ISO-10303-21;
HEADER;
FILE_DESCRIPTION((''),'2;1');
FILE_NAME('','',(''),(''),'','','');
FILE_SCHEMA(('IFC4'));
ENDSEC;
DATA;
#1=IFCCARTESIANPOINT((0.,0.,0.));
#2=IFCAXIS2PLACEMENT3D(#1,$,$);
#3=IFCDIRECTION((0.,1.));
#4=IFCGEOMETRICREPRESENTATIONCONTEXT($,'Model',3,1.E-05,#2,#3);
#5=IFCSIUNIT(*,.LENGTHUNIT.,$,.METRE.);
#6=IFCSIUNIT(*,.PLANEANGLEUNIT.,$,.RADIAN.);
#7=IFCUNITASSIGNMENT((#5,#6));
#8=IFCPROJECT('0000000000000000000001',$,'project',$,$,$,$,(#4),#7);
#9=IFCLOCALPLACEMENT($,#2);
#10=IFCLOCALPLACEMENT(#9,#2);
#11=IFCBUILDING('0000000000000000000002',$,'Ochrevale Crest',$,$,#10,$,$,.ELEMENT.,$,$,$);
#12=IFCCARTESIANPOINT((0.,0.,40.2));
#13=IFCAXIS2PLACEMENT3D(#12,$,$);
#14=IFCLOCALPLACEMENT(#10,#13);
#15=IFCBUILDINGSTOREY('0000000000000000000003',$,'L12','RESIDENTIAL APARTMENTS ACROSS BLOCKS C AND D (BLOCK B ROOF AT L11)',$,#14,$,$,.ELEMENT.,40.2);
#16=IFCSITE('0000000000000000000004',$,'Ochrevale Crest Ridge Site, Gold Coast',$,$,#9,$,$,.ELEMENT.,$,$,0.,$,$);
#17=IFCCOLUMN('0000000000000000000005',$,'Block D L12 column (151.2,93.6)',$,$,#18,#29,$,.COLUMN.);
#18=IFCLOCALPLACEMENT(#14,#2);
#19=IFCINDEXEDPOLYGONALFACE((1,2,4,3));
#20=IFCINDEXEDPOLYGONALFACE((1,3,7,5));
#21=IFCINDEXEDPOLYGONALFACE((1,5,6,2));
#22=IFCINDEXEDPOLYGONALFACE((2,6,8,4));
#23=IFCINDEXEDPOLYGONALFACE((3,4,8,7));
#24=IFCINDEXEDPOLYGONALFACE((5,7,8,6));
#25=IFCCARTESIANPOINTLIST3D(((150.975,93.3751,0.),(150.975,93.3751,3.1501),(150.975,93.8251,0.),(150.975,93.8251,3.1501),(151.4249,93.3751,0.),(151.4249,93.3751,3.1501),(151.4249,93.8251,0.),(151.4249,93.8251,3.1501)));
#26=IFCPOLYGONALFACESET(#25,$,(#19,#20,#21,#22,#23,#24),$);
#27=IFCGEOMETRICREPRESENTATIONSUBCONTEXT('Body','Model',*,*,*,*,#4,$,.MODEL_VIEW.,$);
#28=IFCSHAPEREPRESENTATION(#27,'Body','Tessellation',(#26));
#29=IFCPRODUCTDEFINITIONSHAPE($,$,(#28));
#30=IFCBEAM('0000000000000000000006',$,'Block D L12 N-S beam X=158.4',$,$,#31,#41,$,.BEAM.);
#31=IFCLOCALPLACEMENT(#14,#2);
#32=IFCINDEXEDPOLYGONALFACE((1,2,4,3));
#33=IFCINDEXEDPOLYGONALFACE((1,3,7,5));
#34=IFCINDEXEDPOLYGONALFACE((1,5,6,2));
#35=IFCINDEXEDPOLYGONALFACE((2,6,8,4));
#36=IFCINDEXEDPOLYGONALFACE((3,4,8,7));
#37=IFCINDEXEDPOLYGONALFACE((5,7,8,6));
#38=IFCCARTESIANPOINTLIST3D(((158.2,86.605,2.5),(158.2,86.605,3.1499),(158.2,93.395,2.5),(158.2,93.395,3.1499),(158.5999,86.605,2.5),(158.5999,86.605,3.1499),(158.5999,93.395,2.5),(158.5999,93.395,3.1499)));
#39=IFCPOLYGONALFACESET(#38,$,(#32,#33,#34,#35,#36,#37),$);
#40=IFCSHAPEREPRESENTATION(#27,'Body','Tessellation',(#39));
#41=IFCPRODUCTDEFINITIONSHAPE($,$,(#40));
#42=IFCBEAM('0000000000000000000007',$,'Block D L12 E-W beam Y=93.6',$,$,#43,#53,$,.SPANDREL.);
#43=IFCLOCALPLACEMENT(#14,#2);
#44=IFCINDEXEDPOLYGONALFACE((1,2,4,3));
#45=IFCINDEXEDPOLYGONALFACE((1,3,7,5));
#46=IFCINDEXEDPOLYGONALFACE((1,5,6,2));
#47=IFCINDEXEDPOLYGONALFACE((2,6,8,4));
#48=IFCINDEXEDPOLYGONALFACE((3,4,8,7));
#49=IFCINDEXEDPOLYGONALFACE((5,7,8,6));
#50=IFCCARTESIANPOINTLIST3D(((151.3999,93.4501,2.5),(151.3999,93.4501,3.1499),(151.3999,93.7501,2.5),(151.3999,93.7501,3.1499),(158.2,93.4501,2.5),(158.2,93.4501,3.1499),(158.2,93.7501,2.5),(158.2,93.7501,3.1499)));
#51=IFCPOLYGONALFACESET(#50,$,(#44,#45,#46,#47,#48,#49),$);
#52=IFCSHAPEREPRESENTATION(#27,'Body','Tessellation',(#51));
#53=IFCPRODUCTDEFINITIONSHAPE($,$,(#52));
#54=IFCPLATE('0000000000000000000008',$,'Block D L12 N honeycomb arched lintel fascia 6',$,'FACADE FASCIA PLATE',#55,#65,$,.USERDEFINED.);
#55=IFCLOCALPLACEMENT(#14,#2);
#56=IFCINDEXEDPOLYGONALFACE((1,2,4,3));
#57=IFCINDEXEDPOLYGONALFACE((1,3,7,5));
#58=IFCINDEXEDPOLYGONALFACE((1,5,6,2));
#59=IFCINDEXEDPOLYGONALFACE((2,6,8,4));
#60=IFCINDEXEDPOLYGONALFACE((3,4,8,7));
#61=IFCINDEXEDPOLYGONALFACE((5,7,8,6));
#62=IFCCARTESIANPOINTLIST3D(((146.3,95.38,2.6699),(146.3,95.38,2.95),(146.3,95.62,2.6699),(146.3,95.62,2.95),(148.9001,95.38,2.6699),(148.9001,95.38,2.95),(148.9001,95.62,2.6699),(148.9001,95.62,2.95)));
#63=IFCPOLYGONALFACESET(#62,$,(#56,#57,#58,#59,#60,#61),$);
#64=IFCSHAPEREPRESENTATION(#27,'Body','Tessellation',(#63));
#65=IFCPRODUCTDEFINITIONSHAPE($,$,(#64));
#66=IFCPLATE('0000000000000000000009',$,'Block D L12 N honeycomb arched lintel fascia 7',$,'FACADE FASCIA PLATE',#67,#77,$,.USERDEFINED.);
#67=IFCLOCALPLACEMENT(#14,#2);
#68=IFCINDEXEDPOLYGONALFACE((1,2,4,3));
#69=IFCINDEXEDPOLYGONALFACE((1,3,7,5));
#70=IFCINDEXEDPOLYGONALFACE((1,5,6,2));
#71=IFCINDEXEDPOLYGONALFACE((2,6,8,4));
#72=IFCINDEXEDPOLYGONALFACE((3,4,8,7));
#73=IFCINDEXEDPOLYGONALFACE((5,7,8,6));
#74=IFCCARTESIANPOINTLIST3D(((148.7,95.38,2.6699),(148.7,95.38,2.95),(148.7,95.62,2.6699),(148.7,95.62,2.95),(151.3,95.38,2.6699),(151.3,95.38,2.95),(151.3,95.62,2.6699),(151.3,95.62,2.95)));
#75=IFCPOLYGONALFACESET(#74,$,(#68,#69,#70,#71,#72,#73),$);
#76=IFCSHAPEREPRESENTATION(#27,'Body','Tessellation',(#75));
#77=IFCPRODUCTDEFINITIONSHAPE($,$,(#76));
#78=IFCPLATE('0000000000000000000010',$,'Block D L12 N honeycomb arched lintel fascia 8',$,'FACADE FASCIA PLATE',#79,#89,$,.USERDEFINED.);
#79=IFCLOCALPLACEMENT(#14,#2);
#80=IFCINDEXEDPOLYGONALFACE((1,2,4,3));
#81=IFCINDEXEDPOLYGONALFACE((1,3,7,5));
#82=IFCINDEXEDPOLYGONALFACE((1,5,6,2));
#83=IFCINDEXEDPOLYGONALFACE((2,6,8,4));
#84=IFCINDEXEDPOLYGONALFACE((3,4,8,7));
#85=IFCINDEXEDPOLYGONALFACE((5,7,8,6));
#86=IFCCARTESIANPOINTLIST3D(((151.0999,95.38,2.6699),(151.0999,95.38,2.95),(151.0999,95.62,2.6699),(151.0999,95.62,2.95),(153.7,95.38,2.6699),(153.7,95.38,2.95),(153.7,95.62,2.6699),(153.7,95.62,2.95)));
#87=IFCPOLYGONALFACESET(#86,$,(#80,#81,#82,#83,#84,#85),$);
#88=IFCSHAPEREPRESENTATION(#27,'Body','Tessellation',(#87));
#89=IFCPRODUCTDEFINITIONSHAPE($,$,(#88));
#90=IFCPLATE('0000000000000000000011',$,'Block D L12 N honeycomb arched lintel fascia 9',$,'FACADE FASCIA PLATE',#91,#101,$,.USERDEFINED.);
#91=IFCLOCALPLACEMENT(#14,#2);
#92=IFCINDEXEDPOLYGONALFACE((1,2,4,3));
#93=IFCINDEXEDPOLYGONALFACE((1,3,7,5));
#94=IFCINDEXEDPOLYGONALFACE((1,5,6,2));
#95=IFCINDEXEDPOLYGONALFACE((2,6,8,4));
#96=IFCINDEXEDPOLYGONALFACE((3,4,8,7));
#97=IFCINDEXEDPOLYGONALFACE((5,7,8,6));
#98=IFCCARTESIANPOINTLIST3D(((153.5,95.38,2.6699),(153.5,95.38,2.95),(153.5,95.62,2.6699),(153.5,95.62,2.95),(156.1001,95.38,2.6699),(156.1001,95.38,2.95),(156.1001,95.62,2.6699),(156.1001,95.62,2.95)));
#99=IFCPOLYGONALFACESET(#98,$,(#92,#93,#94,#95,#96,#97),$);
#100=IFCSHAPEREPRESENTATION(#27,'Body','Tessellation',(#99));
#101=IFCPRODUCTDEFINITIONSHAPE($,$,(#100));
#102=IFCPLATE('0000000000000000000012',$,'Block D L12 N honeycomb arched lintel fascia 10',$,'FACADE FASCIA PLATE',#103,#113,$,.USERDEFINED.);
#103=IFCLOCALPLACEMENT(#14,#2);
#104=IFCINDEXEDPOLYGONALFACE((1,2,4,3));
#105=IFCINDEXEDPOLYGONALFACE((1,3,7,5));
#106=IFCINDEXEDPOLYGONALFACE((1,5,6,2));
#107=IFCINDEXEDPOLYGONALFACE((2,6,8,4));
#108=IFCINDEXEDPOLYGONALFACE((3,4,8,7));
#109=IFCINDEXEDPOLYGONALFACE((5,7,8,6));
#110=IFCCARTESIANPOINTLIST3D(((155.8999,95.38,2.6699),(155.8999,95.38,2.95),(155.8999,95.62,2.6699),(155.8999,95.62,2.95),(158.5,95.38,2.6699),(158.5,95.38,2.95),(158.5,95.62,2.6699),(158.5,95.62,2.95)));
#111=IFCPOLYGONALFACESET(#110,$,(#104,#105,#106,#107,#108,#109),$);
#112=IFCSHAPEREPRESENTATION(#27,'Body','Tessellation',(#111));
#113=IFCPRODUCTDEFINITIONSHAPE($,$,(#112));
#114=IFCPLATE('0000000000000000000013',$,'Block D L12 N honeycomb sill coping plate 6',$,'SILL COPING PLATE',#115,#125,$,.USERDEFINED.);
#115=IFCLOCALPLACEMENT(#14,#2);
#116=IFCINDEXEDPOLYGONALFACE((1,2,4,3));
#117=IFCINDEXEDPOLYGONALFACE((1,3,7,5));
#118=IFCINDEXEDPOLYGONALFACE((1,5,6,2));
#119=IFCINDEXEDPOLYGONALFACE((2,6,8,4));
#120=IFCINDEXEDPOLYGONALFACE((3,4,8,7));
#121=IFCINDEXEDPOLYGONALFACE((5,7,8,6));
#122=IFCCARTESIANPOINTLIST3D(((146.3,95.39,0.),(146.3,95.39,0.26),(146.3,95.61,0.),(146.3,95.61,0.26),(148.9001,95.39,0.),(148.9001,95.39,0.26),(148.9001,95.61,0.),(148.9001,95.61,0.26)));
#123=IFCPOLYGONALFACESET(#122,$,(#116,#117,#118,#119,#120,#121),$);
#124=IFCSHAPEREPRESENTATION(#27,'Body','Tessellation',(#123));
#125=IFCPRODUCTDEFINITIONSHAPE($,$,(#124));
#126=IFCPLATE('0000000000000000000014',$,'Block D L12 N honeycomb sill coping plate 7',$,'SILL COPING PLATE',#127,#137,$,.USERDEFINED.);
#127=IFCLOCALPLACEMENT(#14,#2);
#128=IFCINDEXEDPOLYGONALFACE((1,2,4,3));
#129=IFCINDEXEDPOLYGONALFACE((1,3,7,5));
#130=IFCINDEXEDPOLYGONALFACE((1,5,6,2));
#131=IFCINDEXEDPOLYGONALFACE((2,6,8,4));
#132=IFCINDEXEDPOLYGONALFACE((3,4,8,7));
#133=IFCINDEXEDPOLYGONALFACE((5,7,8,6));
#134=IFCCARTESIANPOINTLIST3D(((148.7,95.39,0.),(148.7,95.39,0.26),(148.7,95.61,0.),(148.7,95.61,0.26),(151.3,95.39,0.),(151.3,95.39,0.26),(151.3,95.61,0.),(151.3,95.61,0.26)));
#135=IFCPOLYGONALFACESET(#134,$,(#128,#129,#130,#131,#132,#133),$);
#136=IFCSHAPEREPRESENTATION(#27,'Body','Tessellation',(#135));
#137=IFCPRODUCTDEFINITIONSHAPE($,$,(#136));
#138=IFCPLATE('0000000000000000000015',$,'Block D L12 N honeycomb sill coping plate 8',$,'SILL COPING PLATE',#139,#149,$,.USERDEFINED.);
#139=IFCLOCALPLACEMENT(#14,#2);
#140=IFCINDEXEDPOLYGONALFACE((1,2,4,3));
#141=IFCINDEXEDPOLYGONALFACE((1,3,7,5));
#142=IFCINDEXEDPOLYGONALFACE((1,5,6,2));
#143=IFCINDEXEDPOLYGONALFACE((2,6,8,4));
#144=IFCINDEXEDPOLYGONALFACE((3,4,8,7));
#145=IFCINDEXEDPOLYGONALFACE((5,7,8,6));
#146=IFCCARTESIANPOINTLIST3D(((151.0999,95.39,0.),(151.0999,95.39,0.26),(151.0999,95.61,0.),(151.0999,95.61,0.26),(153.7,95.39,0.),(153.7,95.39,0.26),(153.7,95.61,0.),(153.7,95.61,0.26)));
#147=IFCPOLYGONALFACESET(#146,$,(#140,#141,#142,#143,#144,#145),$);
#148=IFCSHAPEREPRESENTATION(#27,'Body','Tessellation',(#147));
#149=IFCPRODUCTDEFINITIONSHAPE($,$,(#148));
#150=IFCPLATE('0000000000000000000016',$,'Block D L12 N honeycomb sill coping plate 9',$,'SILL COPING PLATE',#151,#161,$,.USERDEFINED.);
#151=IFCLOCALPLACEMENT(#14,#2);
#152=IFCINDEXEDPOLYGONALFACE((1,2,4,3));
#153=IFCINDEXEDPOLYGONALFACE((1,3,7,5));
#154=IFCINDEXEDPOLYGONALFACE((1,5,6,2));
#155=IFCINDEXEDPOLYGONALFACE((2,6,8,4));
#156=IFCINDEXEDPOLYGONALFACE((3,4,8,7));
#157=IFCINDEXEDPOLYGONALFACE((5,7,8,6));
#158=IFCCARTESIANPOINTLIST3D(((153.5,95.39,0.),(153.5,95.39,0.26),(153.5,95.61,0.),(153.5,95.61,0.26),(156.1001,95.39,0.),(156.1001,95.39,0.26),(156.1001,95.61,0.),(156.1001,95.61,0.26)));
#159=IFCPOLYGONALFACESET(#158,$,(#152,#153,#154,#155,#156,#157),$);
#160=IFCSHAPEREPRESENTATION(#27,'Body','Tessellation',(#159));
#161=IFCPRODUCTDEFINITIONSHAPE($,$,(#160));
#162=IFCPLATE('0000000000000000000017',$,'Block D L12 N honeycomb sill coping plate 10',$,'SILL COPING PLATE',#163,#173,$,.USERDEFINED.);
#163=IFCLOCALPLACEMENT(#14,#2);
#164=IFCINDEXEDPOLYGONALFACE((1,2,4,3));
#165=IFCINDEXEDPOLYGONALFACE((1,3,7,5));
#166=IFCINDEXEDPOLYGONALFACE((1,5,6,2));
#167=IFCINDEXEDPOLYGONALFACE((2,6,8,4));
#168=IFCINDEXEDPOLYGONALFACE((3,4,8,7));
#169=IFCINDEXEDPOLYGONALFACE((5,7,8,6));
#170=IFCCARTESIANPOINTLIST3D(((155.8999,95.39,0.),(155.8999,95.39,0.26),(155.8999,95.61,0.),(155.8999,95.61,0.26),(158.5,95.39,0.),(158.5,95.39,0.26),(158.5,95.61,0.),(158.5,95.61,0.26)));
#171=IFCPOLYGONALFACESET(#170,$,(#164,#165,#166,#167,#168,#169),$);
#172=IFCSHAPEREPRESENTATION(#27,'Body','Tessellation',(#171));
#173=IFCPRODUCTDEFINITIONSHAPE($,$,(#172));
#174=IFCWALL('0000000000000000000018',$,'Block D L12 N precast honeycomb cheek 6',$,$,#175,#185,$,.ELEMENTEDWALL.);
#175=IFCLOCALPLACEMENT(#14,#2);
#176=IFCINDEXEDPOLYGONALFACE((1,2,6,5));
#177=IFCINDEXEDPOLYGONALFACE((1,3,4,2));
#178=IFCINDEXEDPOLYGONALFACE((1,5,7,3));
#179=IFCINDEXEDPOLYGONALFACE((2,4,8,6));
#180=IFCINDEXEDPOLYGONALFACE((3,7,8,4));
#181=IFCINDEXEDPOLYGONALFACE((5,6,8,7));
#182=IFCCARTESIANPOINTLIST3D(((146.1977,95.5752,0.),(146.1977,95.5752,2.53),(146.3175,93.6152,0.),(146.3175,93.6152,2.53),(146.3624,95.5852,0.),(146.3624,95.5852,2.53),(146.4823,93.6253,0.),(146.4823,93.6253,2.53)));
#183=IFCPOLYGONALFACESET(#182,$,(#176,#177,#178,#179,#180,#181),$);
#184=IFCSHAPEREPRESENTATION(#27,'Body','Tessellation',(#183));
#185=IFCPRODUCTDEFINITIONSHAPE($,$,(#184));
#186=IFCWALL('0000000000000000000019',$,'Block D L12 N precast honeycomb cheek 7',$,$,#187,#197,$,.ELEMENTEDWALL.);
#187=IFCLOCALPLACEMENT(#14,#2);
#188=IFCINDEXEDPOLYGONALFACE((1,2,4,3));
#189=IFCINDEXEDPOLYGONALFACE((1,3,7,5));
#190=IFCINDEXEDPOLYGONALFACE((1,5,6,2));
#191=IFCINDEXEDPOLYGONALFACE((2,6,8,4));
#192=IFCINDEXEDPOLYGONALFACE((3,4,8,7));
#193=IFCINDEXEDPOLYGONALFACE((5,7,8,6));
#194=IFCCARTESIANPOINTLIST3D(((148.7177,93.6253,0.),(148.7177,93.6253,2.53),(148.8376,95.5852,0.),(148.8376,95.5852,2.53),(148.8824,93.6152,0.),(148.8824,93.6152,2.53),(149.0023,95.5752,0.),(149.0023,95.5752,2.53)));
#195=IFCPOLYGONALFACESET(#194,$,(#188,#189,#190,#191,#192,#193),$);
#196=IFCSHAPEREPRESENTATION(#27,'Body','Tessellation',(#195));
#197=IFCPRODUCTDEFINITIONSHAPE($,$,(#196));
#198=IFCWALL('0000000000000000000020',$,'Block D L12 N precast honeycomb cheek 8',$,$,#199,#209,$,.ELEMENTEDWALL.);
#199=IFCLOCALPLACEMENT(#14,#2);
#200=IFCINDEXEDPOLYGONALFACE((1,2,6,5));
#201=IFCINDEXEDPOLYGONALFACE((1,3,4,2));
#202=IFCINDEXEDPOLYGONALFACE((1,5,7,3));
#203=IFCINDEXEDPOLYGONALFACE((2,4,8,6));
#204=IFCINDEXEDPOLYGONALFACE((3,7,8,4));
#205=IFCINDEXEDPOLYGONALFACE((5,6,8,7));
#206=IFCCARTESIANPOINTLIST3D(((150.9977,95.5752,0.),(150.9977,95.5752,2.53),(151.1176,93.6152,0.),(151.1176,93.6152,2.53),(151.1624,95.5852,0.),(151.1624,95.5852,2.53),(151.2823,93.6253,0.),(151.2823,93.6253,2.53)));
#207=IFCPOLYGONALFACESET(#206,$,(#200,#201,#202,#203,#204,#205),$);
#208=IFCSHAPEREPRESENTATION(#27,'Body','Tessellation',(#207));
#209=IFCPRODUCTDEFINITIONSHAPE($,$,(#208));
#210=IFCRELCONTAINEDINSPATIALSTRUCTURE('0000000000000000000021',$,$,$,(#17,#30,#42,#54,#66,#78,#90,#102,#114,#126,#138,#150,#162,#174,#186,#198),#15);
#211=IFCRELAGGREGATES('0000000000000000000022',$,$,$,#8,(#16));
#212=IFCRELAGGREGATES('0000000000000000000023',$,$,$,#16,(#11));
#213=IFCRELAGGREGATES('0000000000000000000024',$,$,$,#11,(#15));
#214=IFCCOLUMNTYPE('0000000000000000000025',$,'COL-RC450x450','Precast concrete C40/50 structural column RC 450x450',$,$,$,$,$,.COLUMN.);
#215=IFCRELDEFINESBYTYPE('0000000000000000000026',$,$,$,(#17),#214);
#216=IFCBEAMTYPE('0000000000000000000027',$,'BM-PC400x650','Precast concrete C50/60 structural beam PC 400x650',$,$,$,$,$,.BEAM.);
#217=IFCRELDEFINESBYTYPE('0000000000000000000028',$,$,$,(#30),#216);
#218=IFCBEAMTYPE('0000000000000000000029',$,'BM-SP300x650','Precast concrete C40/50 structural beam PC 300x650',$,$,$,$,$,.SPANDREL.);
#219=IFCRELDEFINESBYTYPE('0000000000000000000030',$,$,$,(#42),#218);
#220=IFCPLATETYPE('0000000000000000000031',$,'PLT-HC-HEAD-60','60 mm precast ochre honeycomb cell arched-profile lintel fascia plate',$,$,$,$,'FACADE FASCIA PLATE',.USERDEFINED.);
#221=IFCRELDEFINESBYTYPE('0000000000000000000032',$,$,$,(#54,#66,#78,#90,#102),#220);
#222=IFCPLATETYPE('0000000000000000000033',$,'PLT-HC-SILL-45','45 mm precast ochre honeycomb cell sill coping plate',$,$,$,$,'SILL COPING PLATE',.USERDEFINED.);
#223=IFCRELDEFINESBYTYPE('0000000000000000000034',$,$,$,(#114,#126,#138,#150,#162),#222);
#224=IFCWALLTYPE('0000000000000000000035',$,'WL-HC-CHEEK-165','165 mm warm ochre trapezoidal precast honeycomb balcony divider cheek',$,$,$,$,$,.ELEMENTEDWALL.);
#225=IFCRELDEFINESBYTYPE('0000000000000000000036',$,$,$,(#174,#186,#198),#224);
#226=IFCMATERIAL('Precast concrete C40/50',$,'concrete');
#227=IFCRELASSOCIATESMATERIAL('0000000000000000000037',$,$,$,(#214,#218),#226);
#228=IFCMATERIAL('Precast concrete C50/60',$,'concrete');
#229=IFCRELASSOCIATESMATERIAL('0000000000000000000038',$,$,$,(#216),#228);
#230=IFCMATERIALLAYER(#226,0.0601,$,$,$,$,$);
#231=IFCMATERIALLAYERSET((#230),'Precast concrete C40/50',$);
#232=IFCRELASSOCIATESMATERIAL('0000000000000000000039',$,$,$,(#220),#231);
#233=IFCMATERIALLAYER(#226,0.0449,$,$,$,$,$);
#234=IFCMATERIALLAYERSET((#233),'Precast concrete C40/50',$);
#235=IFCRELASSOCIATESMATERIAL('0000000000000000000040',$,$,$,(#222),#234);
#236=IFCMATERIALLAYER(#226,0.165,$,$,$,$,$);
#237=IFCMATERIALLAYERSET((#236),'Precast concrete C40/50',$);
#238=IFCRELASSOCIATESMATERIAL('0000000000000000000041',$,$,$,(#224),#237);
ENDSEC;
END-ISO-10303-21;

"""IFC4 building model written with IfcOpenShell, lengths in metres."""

from ifc_helpers import new_model, si_unit, direction, frame, frame_2d, origin, origin_2d, place, context, subcontext, project, spatial, rectangle, extrude, material, layer, layer_set, material_profile, profile_set, type_object, element, save


model = new_model("IFC4")

# Units and contexts
model_context = context("Model", 3, precision=1e-05, world=origin(), true_north=direction((0.0, 1.0)))
body_context = subcontext(model_context, "Body", "Model", "MODEL_VIEW")
ifc_project = project(units=[si_unit("LENGTHUNIT", "METRE"), si_unit("PLANEANGLEUNIT", "RADIAN")], contexts=[model_context])

# Site, building, storey
site_placement = place(None, origin())
site = spatial("IfcSite", under=ifc_project, at=site_placement, Name="Ochrevale Crest Ridge Site, Gold Coast", CompositionType="ELEMENT", RefElevation=0.0)
building_placement = place(site_placement, origin())
building = spatial("IfcBuilding", under=site, at=building_placement, Name="Ochrevale Crest", CompositionType="ELEMENT")
storey_placement = place(building_placement, frame((0.0, 0.0, 40.2)))
storey = spatial("IfcBuildingStorey", under=building, at=storey_placement, Name="L12", Description="RESIDENTIAL APARTMENTS ACROSS BLOCKS C AND D (BLOCK B ROOF AT L11)", CompositionType="ELEMENT", Elevation=40.2)

# Column
ifc_material_1 = material(Name="Precast concrete C40/50", Category="concrete")
ifc_material_profile_1 = material_profile(ifc_material_1, rectangle(XDim=0.45, YDim=0.45, at=origin_2d()), Name="RC 450x450")
ifc_profile_set_1 = profile_set([ifc_material_profile_1], Name="Precast concrete C40/50")
column_type = type_object("IfcColumnType", Name="COL-RC450x450", Description="Precast concrete C40/50 structural column RC 450x450", PredefinedType="COLUMN", material=ifc_profile_set_1)
column_placement = place(storey_placement, frame((151.2, 93.6001, 0.0), z_axis=(0.0, 0.0, 1.0), x_axis=(1.0, 0.0, 0.0)))
element("IfcColumn", 1, at=column_placement, inside=storey, type_object=column_type, Name="Block D L12 column (151.2,93.6)", PredefinedType="COLUMN", context=body_context, shape_type="SweptSolid", body=[
    extrude(rectangle(XDim=0.45, YDim=0.45, at=origin_2d()), origin(), (0.0, 0.0, 1.0), 3.1501),
])

# Beams
ifc_material_2 = material(Name="Precast concrete C50/60", Category="concrete")
ifc_material_profile_2 = material_profile(ifc_material_2, rectangle(XDim=0.3999, YDim=0.6499, at=origin_2d()), Name="PC 400x650")
ifc_profile_set_2 = profile_set([ifc_material_profile_2], Name="Precast concrete C50/60")
beam_type_1 = type_object("IfcBeamType", Name="BM-PC400x650", Description="Precast concrete C50/60 structural beam PC 400x650", PredefinedType="BEAM", material=ifc_profile_set_2)
beam_1_placement = place(storey_placement, frame((158.3999, 86.605, 2.825), z_axis=(0.0, 1.0, 0.0), x_axis=(-1.0, 0.0, 0.0)))
element("IfcBeam", 2, at=beam_1_placement, inside=storey, type_object=beam_type_1, Name="Block D L12 N-S beam X=158.4", PredefinedType="BEAM", context=body_context, shape_type="SweptSolid", body=[
    extrude(rectangle(XDim=0.3999, YDim=0.6499, at=origin_2d()), origin(), (0.0, 0.0, 1.0), 6.79),
])
ifc_material_profile_3 = material_profile(ifc_material_1, rectangle(XDim=0.3, YDim=0.6499, at=origin_2d()), Name="PC 300x650")
ifc_profile_set_3 = profile_set([ifc_material_profile_3], Name="Precast concrete C40/50")
beam_type_2 = type_object("IfcBeamType", Name="BM-SP300x650", Description="Precast concrete C40/50 structural beam PC 300x650", PredefinedType="SPANDREL", material=ifc_profile_set_3)
beam_2_placement = place(storey_placement, frame((151.3999, 93.6001, 2.825), z_axis=(1.0, 0.0, 0.0), x_axis=(0.0, 1.0, 0.0)))
element("IfcBeam", 3, at=beam_2_placement, inside=storey, type_object=beam_type_2, Name="Block D L12 E-W beam Y=93.6", PredefinedType="SPANDREL", context=body_context, shape_type="SweptSolid", body=[
    extrude(rectangle(XDim=0.3, YDim=0.6499, at=origin_2d()), origin(), (0.0, 0.0, 1.0), 6.8),
])

# Plates
ifc_layer_1 = layer(ifc_material_1, 0.0601)
ifc_layer_set_1 = layer_set([ifc_layer_1], Name="Precast concrete C40/50")
plate_type_1 = type_object("IfcPlateType", Name="PLT-HC-HEAD-60", Description="60 mm precast ochre honeycomb cell arched-profile lintel fascia plate", ElementType="FACADE FASCIA PLATE", PredefinedType="USERDEFINED", material=ifc_layer_set_1)
for number, where, z_axis, x_axis, name in (
    (4, (147.6001, 95.5, 2.6699), (0.0, 0.0, 1.0), (1.0, 0.0, 0.0), "Block D L12 N honeycomb arched lintel fascia 6"),
    (5, (150.0, 95.5, 2.6699), (0.0, 0.0, 1.0), (1.0, 0.0, 0.0), "Block D L12 N honeycomb arched lintel fascia 7"),
    (6, (152.3999, 95.5, 2.6699), (0.0, 0.0, 1.0), (1.0, 0.0, 0.0), "Block D L12 N honeycomb arched lintel fascia 8"),
    (7, (154.8, 95.5, 2.6699), (0.0, 0.0, 1.0), (1.0, 0.0, 0.0), "Block D L12 N honeycomb arched lintel fascia 9"),
    (8, (157.2, 95.5, 2.6699), (0.0, 0.0, 1.0), (1.0, 0.0, 0.0), "Block D L12 N honeycomb arched lintel fascia 10"),
):
    element("IfcPlate", number, at=place(storey_placement, frame(where, z_axis=z_axis, x_axis=x_axis)), inside=storey, type_object=plate_type_1, Name=name, ObjectType="FACADE FASCIA PLATE", PredefinedType="USERDEFINED", context=body_context, shape_type="SweptSolid", body=[
        extrude(rectangle(XDim=2.6001, YDim=0.24, at=origin_2d()), origin(), (0.0, 0.0, 1.0), 0.28),
    ])
ifc_layer_2 = layer(ifc_material_1, 0.0449)
ifc_layer_set_2 = layer_set([ifc_layer_2], Name="Precast concrete C40/50")
plate_type_2 = type_object("IfcPlateType", Name="PLT-HC-SILL-45", Description="45 mm precast ochre honeycomb cell sill coping plate", ElementType="SILL COPING PLATE", PredefinedType="USERDEFINED", material=ifc_layer_set_2)
for number, where, z_axis, x_axis, name in (
    (9, (147.6001, 95.5, 0.0), (0.0, 0.0, 1.0), (1.0, 0.0, 0.0), "Block D L12 N honeycomb sill coping plate 6"),
    (10, (150.0, 95.5, 0.0), (0.0, 0.0, 1.0), (1.0, 0.0, 0.0), "Block D L12 N honeycomb sill coping plate 7"),
    (11, (152.3999, 95.5, 0.0), (0.0, 0.0, 1.0), (1.0, 0.0, 0.0), "Block D L12 N honeycomb sill coping plate 8"),
    (12, (154.8, 95.5, 0.0), (0.0, 0.0, 1.0), (1.0, 0.0, 0.0), "Block D L12 N honeycomb sill coping plate 9"),
    (13, (157.2, 95.5, 0.0), (0.0, 0.0, 1.0), (1.0, 0.0, 0.0), "Block D L12 N honeycomb sill coping plate 10"),
):
    element("IfcPlate", number, at=place(storey_placement, frame(where, z_axis=z_axis, x_axis=x_axis)), inside=storey, type_object=plate_type_2, Name=name, ObjectType="SILL COPING PLATE", PredefinedType="USERDEFINED", context=body_context, shape_type="SweptSolid", body=[
        extrude(rectangle(XDim=2.6001, YDim=0.22, at=origin_2d()), origin(), (0.0, 0.0, 1.0), 0.26),
    ])

# Walls
ifc_layer_3 = layer(ifc_material_1, 0.165)
ifc_layer_set_3 = layer_set([ifc_layer_3], Name="Precast concrete C40/50")
wall_type_1 = type_object("IfcWallType", Name="WL-HC-CHEEK-165", Description="165 mm warm ochre trapezoidal precast honeycomb balcony divider cheek", PredefinedType="ELEMENTEDWALL", material=ifc_layer_set_3)
for number, where, z_axis, x_axis, name in (
    (14, (146.3999, 93.6201, 0.0), (0.0, 0.0, 1.0), (-0.061047, 0.998135, 0.0), "Block D L12 N precast honeycomb cheek 6"),
    (15, (148.8, 93.6201, 0.0), (0.0, 0.0, 1.0), (0.061047, 0.998135, 0.0), "Block D L12 N precast honeycomb cheek 7"),
    (16, (151.2, 93.6201, 0.0), (0.0, 0.0, 1.0), (-0.061047, 0.998135, 0.0), "Block D L12 N precast honeycomb cheek 8"),
):
    element("IfcWall", number, at=place(storey_placement, frame(where, z_axis=z_axis, x_axis=x_axis)), inside=storey, type_object=wall_type_1, Name=name, PredefinedType="ELEMENTEDWALL", context=body_context, shape_type="SweptSolid", body=[
        extrude(rectangle(XDim=1.9636, YDim=0.165, at=frame_2d((0.9819, 0.0))), origin(), (0.0, 0.0, 1.0), 2.53),
    ])

save(model, "model.ifc")
